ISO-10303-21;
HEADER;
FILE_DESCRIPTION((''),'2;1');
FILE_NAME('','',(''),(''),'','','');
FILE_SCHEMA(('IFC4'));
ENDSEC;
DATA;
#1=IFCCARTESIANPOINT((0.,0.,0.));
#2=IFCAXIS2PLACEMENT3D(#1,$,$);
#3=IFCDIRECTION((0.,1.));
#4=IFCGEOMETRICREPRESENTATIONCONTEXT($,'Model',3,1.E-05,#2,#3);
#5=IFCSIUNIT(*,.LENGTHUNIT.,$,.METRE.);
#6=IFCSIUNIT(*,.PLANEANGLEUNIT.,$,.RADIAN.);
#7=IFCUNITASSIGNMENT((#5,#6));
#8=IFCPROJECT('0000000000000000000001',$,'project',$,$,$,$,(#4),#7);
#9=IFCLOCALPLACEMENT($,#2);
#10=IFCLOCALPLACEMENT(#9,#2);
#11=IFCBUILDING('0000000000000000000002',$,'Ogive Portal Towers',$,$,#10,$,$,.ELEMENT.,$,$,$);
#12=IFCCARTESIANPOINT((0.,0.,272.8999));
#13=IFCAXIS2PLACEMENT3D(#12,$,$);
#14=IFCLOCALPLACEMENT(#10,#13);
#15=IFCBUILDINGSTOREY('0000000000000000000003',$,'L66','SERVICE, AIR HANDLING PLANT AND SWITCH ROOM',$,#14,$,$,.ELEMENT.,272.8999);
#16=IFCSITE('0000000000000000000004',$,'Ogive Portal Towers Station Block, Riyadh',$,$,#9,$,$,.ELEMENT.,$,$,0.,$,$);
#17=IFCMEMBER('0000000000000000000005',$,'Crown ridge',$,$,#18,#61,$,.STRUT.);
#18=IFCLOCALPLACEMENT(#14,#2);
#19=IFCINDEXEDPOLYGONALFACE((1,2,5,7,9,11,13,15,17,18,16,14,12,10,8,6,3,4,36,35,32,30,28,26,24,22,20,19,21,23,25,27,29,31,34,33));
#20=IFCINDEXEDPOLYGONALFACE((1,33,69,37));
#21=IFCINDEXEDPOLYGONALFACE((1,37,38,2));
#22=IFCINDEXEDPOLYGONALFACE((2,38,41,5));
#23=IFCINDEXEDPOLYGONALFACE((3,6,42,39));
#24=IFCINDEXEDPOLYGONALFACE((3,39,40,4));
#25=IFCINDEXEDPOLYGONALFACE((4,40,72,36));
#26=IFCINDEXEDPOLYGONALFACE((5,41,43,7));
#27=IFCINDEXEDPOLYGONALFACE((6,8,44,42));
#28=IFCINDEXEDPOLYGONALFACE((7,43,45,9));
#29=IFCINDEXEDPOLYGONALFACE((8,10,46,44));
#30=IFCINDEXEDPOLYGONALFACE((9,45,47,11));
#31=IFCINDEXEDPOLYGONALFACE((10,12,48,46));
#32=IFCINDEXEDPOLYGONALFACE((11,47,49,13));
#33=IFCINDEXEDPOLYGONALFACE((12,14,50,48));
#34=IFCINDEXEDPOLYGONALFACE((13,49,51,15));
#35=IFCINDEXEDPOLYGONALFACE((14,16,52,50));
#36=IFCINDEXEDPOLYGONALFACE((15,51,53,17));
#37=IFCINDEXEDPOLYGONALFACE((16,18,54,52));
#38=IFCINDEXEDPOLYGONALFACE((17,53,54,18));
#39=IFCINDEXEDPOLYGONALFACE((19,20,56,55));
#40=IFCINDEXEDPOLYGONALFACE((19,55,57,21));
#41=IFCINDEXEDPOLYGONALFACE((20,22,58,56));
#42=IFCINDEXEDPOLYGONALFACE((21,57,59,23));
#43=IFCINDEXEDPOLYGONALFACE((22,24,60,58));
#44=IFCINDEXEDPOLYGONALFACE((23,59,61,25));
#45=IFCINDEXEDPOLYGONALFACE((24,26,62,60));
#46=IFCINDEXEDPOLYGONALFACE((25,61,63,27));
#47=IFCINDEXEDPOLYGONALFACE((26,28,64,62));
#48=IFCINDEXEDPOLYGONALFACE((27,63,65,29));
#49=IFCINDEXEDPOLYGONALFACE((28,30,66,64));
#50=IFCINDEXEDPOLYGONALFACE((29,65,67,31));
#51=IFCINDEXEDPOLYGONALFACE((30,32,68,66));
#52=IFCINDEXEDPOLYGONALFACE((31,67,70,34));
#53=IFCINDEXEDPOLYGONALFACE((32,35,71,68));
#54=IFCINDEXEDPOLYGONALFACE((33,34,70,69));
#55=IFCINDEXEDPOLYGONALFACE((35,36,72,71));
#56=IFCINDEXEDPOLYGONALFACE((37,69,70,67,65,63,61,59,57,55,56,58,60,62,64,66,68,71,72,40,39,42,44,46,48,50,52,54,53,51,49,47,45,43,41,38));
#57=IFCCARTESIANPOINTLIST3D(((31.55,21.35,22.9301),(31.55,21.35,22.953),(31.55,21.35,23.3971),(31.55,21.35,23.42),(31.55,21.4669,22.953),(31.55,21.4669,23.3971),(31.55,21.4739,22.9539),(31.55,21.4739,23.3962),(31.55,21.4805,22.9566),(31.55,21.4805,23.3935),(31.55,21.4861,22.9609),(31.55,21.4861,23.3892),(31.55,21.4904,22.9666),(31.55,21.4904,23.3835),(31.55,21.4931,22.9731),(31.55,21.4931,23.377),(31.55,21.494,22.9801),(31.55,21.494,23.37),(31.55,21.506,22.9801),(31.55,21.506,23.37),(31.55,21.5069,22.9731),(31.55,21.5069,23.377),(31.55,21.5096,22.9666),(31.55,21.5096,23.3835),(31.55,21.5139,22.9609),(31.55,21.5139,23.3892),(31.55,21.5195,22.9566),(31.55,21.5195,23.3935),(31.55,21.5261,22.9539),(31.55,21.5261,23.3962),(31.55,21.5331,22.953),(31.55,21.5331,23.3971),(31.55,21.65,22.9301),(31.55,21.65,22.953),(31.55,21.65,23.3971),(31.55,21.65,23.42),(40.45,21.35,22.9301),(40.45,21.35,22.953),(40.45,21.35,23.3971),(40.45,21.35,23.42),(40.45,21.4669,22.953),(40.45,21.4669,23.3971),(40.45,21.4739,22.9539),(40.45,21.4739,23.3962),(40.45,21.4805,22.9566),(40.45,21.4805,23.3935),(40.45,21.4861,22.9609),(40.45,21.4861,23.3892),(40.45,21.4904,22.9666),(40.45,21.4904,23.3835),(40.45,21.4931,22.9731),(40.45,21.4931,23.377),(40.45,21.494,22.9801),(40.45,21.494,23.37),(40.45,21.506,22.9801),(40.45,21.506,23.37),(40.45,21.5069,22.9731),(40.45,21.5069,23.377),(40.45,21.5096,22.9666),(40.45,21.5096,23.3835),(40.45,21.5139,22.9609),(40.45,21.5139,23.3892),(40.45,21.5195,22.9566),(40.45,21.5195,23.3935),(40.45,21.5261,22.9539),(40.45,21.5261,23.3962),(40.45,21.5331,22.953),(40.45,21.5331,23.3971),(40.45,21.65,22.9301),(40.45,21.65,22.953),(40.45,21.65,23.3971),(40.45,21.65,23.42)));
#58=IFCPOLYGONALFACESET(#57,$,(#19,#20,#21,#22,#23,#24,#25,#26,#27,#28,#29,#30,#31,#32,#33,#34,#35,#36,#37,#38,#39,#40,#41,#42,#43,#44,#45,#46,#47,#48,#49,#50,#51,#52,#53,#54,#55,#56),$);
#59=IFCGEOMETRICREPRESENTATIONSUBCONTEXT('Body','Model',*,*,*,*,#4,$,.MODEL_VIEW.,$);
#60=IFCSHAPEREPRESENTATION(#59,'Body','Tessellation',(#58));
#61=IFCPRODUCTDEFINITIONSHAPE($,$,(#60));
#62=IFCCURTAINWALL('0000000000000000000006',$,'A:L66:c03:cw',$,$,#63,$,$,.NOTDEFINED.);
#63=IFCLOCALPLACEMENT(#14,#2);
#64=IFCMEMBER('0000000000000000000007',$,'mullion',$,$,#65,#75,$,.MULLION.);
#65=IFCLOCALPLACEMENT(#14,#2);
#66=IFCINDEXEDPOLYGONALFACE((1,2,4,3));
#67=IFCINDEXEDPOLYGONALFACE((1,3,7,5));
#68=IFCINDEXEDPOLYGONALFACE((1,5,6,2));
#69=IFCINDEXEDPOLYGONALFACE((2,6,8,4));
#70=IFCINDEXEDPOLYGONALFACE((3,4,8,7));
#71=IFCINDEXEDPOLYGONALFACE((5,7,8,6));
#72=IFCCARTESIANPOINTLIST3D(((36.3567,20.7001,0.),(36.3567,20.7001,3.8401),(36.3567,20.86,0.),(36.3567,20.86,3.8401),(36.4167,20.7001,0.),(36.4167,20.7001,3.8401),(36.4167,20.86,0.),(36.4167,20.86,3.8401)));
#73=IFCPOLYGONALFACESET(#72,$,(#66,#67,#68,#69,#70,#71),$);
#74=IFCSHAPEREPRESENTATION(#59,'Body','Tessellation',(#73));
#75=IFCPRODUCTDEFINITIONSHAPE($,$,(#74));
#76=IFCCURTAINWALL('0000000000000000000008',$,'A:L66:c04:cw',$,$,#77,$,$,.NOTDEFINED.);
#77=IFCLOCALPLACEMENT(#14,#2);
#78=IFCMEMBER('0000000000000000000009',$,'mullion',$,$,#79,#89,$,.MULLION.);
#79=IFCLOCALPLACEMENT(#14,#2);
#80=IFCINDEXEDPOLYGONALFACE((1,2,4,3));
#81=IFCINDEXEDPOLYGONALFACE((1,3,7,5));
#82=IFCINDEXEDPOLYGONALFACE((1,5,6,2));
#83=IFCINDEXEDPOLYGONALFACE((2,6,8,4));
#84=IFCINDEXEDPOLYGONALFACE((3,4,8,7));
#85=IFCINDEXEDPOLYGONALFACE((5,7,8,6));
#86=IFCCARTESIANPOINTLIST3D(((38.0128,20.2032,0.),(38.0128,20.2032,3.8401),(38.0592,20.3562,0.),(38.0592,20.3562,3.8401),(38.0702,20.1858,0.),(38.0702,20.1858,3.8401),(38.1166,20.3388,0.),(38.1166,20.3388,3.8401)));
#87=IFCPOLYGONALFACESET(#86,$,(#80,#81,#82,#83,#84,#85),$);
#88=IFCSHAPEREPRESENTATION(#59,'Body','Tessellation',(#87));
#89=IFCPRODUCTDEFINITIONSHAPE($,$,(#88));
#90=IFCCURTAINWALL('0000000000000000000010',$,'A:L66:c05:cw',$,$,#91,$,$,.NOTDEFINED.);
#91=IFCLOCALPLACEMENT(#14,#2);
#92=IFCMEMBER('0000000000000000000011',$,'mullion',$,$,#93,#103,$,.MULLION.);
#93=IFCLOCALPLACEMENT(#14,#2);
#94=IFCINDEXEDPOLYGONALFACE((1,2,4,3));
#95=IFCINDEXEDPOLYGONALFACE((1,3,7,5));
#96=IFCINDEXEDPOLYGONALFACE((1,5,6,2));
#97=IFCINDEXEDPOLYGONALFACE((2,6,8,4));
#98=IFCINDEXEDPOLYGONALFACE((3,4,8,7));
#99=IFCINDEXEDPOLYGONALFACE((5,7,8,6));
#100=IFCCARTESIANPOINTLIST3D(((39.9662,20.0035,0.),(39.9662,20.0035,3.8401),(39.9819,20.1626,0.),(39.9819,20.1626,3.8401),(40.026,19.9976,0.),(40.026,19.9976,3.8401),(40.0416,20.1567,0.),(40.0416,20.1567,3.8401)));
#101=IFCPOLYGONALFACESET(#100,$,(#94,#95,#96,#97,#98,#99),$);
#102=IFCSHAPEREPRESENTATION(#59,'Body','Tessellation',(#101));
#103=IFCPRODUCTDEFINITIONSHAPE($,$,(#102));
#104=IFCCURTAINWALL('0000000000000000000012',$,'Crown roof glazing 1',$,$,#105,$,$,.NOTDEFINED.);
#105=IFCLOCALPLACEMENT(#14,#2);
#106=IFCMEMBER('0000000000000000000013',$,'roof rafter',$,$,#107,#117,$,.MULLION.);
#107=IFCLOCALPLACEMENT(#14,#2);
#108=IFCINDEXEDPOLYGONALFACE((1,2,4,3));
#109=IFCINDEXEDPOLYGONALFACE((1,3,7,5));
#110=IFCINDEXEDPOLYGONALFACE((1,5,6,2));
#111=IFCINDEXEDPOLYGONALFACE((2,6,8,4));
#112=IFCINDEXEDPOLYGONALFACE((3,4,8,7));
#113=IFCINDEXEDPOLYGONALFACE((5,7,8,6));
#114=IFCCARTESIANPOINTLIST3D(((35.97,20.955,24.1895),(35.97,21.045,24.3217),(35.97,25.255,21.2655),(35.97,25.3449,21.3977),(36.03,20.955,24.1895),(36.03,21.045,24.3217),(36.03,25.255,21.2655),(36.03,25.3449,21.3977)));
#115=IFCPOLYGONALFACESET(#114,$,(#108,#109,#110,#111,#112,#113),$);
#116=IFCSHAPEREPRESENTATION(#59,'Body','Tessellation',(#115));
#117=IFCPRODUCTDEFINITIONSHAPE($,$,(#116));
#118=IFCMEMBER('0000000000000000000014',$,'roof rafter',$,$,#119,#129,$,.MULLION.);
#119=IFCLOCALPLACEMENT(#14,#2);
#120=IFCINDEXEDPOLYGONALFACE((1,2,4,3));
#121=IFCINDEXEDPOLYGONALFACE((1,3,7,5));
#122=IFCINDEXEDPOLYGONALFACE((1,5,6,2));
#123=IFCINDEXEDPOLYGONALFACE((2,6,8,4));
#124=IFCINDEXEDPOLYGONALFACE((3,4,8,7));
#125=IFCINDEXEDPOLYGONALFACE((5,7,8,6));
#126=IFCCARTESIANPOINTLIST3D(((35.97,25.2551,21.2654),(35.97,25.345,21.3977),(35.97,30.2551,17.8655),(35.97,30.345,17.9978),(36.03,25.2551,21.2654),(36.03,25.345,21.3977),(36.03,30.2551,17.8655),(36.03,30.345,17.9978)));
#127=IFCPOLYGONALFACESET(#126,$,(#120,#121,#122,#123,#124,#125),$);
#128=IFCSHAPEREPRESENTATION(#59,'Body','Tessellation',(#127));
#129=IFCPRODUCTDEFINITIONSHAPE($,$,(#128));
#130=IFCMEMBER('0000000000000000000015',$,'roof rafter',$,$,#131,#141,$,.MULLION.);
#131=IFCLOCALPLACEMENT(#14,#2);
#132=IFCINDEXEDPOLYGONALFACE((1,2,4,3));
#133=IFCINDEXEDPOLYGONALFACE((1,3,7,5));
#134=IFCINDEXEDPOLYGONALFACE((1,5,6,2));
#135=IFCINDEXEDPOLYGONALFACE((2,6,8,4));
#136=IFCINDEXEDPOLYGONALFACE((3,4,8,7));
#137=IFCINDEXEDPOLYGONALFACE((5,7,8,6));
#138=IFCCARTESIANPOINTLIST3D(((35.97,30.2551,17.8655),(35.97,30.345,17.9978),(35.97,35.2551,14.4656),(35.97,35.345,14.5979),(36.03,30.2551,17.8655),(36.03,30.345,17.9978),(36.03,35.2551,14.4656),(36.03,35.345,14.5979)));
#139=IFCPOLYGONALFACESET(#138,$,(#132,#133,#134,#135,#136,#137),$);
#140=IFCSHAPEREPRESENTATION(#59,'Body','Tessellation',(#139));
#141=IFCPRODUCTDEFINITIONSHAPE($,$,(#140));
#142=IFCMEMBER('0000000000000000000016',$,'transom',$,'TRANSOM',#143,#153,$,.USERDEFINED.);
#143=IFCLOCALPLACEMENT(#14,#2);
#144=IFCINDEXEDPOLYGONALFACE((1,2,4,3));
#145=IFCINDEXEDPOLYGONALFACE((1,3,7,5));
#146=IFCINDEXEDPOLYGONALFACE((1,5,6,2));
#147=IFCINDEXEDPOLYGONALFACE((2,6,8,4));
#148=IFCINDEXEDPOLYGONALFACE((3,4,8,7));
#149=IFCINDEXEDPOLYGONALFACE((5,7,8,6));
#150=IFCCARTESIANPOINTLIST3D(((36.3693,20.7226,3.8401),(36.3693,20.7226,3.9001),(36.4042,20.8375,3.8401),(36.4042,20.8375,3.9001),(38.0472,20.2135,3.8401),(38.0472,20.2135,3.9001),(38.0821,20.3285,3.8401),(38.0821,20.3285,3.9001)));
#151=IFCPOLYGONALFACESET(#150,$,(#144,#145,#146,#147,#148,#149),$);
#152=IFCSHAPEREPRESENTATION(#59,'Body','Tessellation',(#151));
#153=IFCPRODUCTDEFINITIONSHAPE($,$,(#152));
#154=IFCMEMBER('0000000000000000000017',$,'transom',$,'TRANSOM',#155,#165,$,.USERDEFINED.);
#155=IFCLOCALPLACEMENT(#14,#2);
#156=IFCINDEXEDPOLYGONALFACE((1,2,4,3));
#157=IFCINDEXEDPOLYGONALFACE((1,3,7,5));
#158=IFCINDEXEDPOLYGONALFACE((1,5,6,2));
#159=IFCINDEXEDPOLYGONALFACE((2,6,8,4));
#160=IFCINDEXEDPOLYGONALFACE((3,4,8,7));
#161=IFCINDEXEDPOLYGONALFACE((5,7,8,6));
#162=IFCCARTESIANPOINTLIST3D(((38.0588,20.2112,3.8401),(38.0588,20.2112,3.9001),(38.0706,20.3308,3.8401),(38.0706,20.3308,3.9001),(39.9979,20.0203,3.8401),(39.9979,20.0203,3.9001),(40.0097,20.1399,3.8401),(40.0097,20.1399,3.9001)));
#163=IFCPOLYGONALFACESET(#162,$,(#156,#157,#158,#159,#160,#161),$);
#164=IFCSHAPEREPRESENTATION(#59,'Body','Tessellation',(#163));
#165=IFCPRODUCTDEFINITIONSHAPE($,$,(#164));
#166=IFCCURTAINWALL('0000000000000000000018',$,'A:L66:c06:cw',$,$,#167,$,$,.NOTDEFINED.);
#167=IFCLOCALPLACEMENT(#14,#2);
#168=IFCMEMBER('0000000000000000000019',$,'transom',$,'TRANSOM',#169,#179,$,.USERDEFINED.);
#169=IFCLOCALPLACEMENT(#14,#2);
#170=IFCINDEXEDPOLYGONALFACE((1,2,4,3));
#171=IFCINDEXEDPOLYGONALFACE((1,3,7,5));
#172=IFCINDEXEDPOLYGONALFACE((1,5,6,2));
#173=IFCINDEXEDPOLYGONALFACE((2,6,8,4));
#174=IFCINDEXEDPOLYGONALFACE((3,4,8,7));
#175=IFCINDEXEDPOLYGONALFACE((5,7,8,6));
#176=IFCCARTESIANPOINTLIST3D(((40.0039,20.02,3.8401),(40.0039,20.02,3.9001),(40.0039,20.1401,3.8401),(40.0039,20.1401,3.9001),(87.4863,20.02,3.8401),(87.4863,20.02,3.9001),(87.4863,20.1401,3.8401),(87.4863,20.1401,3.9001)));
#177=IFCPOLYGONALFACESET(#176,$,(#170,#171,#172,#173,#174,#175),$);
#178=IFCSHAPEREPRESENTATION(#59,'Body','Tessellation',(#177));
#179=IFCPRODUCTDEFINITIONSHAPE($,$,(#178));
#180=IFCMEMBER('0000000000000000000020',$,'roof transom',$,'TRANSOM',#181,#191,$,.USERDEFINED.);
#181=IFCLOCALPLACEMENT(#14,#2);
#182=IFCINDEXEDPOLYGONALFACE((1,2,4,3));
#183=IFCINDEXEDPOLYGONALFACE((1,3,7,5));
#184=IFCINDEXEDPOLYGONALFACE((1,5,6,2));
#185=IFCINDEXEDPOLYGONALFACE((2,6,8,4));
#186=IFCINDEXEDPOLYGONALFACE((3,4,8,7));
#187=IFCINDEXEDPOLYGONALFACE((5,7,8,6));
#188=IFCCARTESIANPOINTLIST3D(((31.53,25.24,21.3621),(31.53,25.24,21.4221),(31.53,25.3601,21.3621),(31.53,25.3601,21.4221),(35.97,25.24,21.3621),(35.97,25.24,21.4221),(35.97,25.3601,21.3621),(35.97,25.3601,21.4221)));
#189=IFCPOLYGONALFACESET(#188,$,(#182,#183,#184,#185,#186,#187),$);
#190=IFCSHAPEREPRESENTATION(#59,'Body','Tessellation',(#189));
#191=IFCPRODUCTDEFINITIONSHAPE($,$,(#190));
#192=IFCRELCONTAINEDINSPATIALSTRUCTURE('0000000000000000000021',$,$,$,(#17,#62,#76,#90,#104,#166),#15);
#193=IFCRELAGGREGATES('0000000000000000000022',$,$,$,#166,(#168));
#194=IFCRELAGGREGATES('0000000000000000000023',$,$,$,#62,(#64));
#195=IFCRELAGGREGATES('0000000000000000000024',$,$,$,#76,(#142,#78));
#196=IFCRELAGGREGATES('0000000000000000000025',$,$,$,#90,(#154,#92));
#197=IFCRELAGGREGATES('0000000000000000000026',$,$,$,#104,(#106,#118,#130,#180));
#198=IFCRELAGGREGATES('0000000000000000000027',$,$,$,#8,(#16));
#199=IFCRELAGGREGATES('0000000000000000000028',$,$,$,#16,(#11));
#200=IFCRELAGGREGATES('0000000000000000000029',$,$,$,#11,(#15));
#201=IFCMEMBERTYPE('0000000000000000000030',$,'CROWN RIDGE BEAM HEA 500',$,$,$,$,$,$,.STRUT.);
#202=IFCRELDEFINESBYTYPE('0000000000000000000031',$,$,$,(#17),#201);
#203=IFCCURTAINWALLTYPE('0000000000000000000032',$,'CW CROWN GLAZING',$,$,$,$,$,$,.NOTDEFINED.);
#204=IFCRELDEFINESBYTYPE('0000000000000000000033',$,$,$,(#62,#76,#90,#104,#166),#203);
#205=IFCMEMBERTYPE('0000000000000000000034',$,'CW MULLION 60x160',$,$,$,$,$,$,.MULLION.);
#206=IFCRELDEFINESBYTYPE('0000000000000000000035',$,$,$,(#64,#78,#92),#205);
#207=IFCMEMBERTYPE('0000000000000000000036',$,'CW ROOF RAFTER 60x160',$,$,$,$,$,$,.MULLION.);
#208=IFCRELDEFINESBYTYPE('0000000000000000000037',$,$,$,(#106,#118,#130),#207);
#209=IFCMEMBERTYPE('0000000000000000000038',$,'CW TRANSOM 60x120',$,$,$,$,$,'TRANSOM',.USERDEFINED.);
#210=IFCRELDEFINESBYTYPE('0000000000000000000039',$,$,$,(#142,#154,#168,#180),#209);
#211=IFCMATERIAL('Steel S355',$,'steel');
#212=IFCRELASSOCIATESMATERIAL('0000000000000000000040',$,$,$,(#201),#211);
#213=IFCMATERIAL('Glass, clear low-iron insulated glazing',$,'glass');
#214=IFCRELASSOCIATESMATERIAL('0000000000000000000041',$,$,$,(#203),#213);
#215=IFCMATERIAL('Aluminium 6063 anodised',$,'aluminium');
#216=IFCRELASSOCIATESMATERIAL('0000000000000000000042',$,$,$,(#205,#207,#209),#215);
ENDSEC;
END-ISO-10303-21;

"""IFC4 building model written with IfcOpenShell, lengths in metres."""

from ifc_helpers import new_model, si_unit, direction, frame, origin, origin_2d, place, context, subcontext, project, spatial, rectangle, i_section, extrude, material, material_profile, profile_set, type_object, element, aggregate, save


model = new_model("IFC4")

# Units and contexts
model_context = context("Model", 3, precision=1e-05, world=origin(), true_north=direction((0.0, 1.0)))
body_context = subcontext(model_context, "Body", "Model", "MODEL_VIEW")
ifc_project = project(units=[si_unit("LENGTHUNIT", "METRE"), si_unit("PLANEANGLEUNIT", "RADIAN")], contexts=[model_context])

# Site, building, storey
site_placement = place(None, origin())
site = spatial("IfcSite", under=ifc_project, at=site_placement, Name="Ogive Portal Towers Station Block, Riyadh", CompositionType="ELEMENT", RefElevation=0.0)
building_placement = place(site_placement, origin())
building = spatial("IfcBuilding", under=site, at=building_placement, Name="Ogive Portal Towers", CompositionType="ELEMENT")
storey_placement = place(building_placement, frame((0.0, 0.0, 272.8999)))
storey = spatial("IfcBuildingStorey", under=building, at=storey_placement, Name="L66", Description="SERVICE, AIR HANDLING PLANT AND SWITCH ROOM", CompositionType="ELEMENT", Elevation=272.8999)

# Member
ifc_material_1 = material(Name="Steel S355", Category="steel")
ifc_material_profile_1 = material_profile(ifc_material_1, i_section(OverallWidth=0.3, OverallDepth=0.49, WebThickness=0.012, FlangeThickness=0.0229, FilletRadius=0.0271, at=origin_2d()), Name="HEA 500")
ifc_profile_set_1 = profile_set([ifc_material_profile_1], Name="Steel S355")
member_type_1 = type_object("IfcMemberType", Name="CROWN RIDGE BEAM HEA 500", PredefinedType="STRUT", material=ifc_profile_set_1)
member_1_placement = place(storey_placement, frame((31.55, 21.5, 23.175), z_axis=(1.0, 0.0, 0.0), x_axis=(0.0, 1.0, 0.0)))
element("IfcMember", 1, at=member_1_placement, inside=storey, type_object=member_type_1, Name="Crown ridge", PredefinedType="STRUT", context=body_context, shape_type="SweptSolid", body=[
    extrude(i_section(OverallWidth=0.3, OverallDepth=0.49, WebThickness=0.012, FlangeThickness=0.0229, FilletRadius=0.0271, at=origin_2d()), origin(), (0.0, 0.0, 1.0), 8.8999),
])

# Curtain walls, members
ifc_material_2 = material(Name="Glass, clear low-iron insulated glazing", Category="glass")
curtain_wall_type = type_object("IfcCurtainWallType", Name="CW CROWN GLAZING", PredefinedType="NOTDEFINED", material=ifc_material_2)
curtain_wall_1_placement = place(storey_placement, origin())
curtain_wall_1 = element("IfcCurtainWall", 2, at=curtain_wall_1_placement, inside=storey, type_object=curtain_wall_type, Name="A:L66:c03:cw", PredefinedType="NOTDEFINED")
ifc_material_3 = material(Name="Aluminium 6063 anodised", Category="aluminium")
ifc_material_profile_2 = material_profile(ifc_material_3, rectangle(XDim=0.1599, YDim=0.0601, at=origin_2d()), Name="AL 60x160")
ifc_profile_set_2 = profile_set([ifc_material_profile_2], Name="Aluminium 6063 anodised")
member_type_2 = type_object("IfcMemberType", Name="CW MULLION 60x160", PredefinedType="MULLION", material=ifc_profile_set_2)
member_2_placement = place(storey_placement, frame((36.3867, 20.78, 0.0), z_axis=(0.0, 0.0, 1.0), x_axis=(0.0, 1.0, 0.0)))
member_2 = element("IfcMember", 3, at=member_2_placement, type_object=member_type_2, Name="mullion", PredefinedType="MULLION", context=body_context, shape_type="SweptSolid", body=[
    extrude(rectangle(XDim=0.1599, YDim=0.0601, at=origin_2d()), origin(), (0.0, 0.0, 1.0), 3.8401),
])
curtain_wall_2_placement = place(storey_placement, origin())
curtain_wall_2 = element("IfcCurtainWall", 4, at=curtain_wall_2_placement, inside=storey, type_object=curtain_wall_type, Name="A:L66:c04:cw", PredefinedType="NOTDEFINED")
member_3_placement = place(storey_placement, frame((38.0647, 20.271, 0.0), z_axis=(0.0, 0.0, 1.0), x_axis=(0.290285, 0.95694, 0.0)))
member_3 = element("IfcMember", 5, at=member_3_placement, type_object=member_type_2, Name="mullion", PredefinedType="MULLION", context=body_context, shape_type="SweptSolid", body=[
    extrude(rectangle(XDim=0.1599, YDim=0.0601, at=origin_2d()), origin(), (0.0, 0.0, 1.0), 3.8401),
])
curtain_wall_3_placement = place(storey_placement, origin())
curtain_wall_3 = element("IfcCurtainWall", 6, at=curtain_wall_3_placement, inside=storey, type_object=curtain_wall_type, Name="A:L66:c05:cw", PredefinedType="NOTDEFINED")
member_4_placement = place(storey_placement, frame((40.0039, 20.0801, 0.0), z_axis=(0.0, 0.0, 1.0), x_axis=(0.098017, 0.995185, 0.0)))
member_4 = element("IfcMember", 7, at=member_4_placement, type_object=member_type_2, Name="mullion", PredefinedType="MULLION", context=body_context, shape_type="SweptSolid", body=[
    extrude(rectangle(XDim=0.1599, YDim=0.0601, at=origin_2d()), origin(), (0.0, 0.0, 1.0), 3.8401),
])

# Curtain wall, members
curtain_wall_4_placement = place(storey_placement, origin())
curtain_wall_4 = element("IfcCurtainWall", 8, at=curtain_wall_4_placement, inside=storey, type_object=curtain_wall_type, Name="Crown roof glazing 1", PredefinedType="NOTDEFINED")
ifc_material_profile_3 = material_profile(ifc_material_3, rectangle(XDim=0.0601, YDim=0.1599, at=origin_2d()), Name="AL 60x160 rafter")
ifc_profile_set_3 = profile_set([ifc_material_profile_3], Name="Aluminium 6063 anodised")
member_type_3 = type_object("IfcMemberType", Name="CW ROOF RAFTER 60x160", PredefinedType="MULLION", material=ifc_profile_set_3)
member_5_placement = place(storey_placement, frame((36.0, 21.0, 24.2556), z_axis=(0.0, 0.826923, -0.562315), x_axis=(-1.0, 0.0, 0.0)))
member_5 = element("IfcMember", 9, at=member_5_placement, type_object=member_type_3, Name="roof rafter", PredefinedType="MULLION", context=body_context, shape_type="SweptSolid", body=[
    extrude(rectangle(XDim=0.0601, YDim=0.1599, at=origin_2d()), origin(), (0.0, 0.0, 1.0), 5.2),
])
member_6_placement = place(storey_placement, frame((36.0, 25.3, 21.3315), z_axis=(0.0, 0.826934, -0.562299), x_axis=(-1.0, 0.0, 0.0)))
member_6 = element("IfcMember", 10, at=member_6_placement, type_object=member_type_3, Name="roof rafter", PredefinedType="MULLION", context=body_context, shape_type="SweptSolid", body=[
    extrude(rectangle(XDim=0.0601, YDim=0.1599, at=origin_2d()), origin(), (0.0, 0.0, 1.0), 6.0464),
])
member_7_placement = place(storey_placement, frame((36.0, 30.3, 17.9316), z_axis=(0.0, 0.826934, -0.562299), x_axis=(-1.0, 0.0, 0.0)))
member_7 = element("IfcMember", 11, at=member_7_placement, type_object=member_type_3, Name="roof rafter", PredefinedType="MULLION", context=body_context, shape_type="SweptSolid", body=[
    extrude(rectangle(XDim=0.0601, YDim=0.1599, at=origin_2d()), origin(), (0.0, 0.0, 1.0), 6.0464),
])

# Members
ifc_material_profile_4 = material_profile(ifc_material_3, rectangle(XDim=0.1201, YDim=0.0601, at=origin_2d()), Name="AL 120x60")
ifc_profile_set_4 = profile_set([ifc_material_profile_4], Name="Aluminium 6063 anodised")
member_type_4 = type_object("IfcMemberType", Name="CW TRANSOM 60x120", ElementType="TRANSOM", PredefinedType="USERDEFINED", material=ifc_profile_set_4)
member_8_placement = place(storey_placement, frame((36.3867, 20.78, 3.8701), z_axis=(0.956937, -0.290297, 0.0), x_axis=(0.290297, 0.956937, 0.0)))
member_8 = element("IfcMember", 12, at=member_8_placement, type_object=member_type_4, Name="transom", ObjectType="TRANSOM", PredefinedType="USERDEFINED", context=body_context, shape_type="SweptSolid", body=[
    extrude(rectangle(XDim=0.1201, YDim=0.0601, at=origin_2d()), origin(), (0.0, 0.0, 1.0), 1.7534),
])
member_9_placement = place(storey_placement, frame((38.0647, 20.271, 3.8701), z_axis=(0.995189, -0.097978, 0.0), x_axis=(0.097978, 0.995189, 0.0)))
member_9 = element("IfcMember", 13, at=member_9_placement, type_object=member_type_4, Name="transom", ObjectType="TRANSOM", PredefinedType="USERDEFINED", context=body_context, shape_type="SweptSolid", body=[
    extrude(rectangle(XDim=0.1201, YDim=0.0601, at=origin_2d()), origin(), (0.0, 0.0, 1.0), 1.9485),
])

# Curtain wall, member
curtain_wall_5_placement = place(storey_placement, origin())
curtain_wall_5 = element("IfcCurtainWall", 14, at=curtain_wall_5_placement, inside=storey, type_object=curtain_wall_type, Name="A:L66:c06:cw", PredefinedType="NOTDEFINED")
member_10_placement = place(storey_placement, frame((40.0039, 20.0801, 3.8701), z_axis=(1.0, 0.0, 0.0), x_axis=(0.0, 1.0, 0.0)))
member_10 = element("IfcMember", 15, at=member_10_placement, type_object=member_type_4, Name="transom", ObjectType="TRANSOM", PredefinedType="USERDEFINED", context=body_context, shape_type="SweptSolid", body=[
    extrude(rectangle(XDim=0.1201, YDim=0.0601, at=origin_2d()), origin(), (0.0, 0.0, 1.0), 47.4824),
])
aggregate(curtain_wall_5, [member_10])

# Member
member_11_placement = place(storey_placement, frame((31.53, 25.3, 21.3921), z_axis=(1.0, 0.0, 0.0), x_axis=(0.0, 1.0, 0.0)))
member_11 = element("IfcMember", 16, at=member_11_placement, type_object=member_type_4, Name="roof transom", ObjectType="TRANSOM", PredefinedType="USERDEFINED", context=body_context, shape_type="SweptSolid", body=[
    extrude(rectangle(XDim=0.1201, YDim=0.0601, at=origin_2d()), origin(), (0.0, 0.0, 1.0), 4.4399),
])

aggregate(curtain_wall_1, [member_2])
aggregate(curtain_wall_2, [member_8, member_3])
aggregate(curtain_wall_3, [member_9, member_4])

aggregate(curtain_wall_4, [member_5, member_6, member_7, member_11])

save(model, "model.ifc")
